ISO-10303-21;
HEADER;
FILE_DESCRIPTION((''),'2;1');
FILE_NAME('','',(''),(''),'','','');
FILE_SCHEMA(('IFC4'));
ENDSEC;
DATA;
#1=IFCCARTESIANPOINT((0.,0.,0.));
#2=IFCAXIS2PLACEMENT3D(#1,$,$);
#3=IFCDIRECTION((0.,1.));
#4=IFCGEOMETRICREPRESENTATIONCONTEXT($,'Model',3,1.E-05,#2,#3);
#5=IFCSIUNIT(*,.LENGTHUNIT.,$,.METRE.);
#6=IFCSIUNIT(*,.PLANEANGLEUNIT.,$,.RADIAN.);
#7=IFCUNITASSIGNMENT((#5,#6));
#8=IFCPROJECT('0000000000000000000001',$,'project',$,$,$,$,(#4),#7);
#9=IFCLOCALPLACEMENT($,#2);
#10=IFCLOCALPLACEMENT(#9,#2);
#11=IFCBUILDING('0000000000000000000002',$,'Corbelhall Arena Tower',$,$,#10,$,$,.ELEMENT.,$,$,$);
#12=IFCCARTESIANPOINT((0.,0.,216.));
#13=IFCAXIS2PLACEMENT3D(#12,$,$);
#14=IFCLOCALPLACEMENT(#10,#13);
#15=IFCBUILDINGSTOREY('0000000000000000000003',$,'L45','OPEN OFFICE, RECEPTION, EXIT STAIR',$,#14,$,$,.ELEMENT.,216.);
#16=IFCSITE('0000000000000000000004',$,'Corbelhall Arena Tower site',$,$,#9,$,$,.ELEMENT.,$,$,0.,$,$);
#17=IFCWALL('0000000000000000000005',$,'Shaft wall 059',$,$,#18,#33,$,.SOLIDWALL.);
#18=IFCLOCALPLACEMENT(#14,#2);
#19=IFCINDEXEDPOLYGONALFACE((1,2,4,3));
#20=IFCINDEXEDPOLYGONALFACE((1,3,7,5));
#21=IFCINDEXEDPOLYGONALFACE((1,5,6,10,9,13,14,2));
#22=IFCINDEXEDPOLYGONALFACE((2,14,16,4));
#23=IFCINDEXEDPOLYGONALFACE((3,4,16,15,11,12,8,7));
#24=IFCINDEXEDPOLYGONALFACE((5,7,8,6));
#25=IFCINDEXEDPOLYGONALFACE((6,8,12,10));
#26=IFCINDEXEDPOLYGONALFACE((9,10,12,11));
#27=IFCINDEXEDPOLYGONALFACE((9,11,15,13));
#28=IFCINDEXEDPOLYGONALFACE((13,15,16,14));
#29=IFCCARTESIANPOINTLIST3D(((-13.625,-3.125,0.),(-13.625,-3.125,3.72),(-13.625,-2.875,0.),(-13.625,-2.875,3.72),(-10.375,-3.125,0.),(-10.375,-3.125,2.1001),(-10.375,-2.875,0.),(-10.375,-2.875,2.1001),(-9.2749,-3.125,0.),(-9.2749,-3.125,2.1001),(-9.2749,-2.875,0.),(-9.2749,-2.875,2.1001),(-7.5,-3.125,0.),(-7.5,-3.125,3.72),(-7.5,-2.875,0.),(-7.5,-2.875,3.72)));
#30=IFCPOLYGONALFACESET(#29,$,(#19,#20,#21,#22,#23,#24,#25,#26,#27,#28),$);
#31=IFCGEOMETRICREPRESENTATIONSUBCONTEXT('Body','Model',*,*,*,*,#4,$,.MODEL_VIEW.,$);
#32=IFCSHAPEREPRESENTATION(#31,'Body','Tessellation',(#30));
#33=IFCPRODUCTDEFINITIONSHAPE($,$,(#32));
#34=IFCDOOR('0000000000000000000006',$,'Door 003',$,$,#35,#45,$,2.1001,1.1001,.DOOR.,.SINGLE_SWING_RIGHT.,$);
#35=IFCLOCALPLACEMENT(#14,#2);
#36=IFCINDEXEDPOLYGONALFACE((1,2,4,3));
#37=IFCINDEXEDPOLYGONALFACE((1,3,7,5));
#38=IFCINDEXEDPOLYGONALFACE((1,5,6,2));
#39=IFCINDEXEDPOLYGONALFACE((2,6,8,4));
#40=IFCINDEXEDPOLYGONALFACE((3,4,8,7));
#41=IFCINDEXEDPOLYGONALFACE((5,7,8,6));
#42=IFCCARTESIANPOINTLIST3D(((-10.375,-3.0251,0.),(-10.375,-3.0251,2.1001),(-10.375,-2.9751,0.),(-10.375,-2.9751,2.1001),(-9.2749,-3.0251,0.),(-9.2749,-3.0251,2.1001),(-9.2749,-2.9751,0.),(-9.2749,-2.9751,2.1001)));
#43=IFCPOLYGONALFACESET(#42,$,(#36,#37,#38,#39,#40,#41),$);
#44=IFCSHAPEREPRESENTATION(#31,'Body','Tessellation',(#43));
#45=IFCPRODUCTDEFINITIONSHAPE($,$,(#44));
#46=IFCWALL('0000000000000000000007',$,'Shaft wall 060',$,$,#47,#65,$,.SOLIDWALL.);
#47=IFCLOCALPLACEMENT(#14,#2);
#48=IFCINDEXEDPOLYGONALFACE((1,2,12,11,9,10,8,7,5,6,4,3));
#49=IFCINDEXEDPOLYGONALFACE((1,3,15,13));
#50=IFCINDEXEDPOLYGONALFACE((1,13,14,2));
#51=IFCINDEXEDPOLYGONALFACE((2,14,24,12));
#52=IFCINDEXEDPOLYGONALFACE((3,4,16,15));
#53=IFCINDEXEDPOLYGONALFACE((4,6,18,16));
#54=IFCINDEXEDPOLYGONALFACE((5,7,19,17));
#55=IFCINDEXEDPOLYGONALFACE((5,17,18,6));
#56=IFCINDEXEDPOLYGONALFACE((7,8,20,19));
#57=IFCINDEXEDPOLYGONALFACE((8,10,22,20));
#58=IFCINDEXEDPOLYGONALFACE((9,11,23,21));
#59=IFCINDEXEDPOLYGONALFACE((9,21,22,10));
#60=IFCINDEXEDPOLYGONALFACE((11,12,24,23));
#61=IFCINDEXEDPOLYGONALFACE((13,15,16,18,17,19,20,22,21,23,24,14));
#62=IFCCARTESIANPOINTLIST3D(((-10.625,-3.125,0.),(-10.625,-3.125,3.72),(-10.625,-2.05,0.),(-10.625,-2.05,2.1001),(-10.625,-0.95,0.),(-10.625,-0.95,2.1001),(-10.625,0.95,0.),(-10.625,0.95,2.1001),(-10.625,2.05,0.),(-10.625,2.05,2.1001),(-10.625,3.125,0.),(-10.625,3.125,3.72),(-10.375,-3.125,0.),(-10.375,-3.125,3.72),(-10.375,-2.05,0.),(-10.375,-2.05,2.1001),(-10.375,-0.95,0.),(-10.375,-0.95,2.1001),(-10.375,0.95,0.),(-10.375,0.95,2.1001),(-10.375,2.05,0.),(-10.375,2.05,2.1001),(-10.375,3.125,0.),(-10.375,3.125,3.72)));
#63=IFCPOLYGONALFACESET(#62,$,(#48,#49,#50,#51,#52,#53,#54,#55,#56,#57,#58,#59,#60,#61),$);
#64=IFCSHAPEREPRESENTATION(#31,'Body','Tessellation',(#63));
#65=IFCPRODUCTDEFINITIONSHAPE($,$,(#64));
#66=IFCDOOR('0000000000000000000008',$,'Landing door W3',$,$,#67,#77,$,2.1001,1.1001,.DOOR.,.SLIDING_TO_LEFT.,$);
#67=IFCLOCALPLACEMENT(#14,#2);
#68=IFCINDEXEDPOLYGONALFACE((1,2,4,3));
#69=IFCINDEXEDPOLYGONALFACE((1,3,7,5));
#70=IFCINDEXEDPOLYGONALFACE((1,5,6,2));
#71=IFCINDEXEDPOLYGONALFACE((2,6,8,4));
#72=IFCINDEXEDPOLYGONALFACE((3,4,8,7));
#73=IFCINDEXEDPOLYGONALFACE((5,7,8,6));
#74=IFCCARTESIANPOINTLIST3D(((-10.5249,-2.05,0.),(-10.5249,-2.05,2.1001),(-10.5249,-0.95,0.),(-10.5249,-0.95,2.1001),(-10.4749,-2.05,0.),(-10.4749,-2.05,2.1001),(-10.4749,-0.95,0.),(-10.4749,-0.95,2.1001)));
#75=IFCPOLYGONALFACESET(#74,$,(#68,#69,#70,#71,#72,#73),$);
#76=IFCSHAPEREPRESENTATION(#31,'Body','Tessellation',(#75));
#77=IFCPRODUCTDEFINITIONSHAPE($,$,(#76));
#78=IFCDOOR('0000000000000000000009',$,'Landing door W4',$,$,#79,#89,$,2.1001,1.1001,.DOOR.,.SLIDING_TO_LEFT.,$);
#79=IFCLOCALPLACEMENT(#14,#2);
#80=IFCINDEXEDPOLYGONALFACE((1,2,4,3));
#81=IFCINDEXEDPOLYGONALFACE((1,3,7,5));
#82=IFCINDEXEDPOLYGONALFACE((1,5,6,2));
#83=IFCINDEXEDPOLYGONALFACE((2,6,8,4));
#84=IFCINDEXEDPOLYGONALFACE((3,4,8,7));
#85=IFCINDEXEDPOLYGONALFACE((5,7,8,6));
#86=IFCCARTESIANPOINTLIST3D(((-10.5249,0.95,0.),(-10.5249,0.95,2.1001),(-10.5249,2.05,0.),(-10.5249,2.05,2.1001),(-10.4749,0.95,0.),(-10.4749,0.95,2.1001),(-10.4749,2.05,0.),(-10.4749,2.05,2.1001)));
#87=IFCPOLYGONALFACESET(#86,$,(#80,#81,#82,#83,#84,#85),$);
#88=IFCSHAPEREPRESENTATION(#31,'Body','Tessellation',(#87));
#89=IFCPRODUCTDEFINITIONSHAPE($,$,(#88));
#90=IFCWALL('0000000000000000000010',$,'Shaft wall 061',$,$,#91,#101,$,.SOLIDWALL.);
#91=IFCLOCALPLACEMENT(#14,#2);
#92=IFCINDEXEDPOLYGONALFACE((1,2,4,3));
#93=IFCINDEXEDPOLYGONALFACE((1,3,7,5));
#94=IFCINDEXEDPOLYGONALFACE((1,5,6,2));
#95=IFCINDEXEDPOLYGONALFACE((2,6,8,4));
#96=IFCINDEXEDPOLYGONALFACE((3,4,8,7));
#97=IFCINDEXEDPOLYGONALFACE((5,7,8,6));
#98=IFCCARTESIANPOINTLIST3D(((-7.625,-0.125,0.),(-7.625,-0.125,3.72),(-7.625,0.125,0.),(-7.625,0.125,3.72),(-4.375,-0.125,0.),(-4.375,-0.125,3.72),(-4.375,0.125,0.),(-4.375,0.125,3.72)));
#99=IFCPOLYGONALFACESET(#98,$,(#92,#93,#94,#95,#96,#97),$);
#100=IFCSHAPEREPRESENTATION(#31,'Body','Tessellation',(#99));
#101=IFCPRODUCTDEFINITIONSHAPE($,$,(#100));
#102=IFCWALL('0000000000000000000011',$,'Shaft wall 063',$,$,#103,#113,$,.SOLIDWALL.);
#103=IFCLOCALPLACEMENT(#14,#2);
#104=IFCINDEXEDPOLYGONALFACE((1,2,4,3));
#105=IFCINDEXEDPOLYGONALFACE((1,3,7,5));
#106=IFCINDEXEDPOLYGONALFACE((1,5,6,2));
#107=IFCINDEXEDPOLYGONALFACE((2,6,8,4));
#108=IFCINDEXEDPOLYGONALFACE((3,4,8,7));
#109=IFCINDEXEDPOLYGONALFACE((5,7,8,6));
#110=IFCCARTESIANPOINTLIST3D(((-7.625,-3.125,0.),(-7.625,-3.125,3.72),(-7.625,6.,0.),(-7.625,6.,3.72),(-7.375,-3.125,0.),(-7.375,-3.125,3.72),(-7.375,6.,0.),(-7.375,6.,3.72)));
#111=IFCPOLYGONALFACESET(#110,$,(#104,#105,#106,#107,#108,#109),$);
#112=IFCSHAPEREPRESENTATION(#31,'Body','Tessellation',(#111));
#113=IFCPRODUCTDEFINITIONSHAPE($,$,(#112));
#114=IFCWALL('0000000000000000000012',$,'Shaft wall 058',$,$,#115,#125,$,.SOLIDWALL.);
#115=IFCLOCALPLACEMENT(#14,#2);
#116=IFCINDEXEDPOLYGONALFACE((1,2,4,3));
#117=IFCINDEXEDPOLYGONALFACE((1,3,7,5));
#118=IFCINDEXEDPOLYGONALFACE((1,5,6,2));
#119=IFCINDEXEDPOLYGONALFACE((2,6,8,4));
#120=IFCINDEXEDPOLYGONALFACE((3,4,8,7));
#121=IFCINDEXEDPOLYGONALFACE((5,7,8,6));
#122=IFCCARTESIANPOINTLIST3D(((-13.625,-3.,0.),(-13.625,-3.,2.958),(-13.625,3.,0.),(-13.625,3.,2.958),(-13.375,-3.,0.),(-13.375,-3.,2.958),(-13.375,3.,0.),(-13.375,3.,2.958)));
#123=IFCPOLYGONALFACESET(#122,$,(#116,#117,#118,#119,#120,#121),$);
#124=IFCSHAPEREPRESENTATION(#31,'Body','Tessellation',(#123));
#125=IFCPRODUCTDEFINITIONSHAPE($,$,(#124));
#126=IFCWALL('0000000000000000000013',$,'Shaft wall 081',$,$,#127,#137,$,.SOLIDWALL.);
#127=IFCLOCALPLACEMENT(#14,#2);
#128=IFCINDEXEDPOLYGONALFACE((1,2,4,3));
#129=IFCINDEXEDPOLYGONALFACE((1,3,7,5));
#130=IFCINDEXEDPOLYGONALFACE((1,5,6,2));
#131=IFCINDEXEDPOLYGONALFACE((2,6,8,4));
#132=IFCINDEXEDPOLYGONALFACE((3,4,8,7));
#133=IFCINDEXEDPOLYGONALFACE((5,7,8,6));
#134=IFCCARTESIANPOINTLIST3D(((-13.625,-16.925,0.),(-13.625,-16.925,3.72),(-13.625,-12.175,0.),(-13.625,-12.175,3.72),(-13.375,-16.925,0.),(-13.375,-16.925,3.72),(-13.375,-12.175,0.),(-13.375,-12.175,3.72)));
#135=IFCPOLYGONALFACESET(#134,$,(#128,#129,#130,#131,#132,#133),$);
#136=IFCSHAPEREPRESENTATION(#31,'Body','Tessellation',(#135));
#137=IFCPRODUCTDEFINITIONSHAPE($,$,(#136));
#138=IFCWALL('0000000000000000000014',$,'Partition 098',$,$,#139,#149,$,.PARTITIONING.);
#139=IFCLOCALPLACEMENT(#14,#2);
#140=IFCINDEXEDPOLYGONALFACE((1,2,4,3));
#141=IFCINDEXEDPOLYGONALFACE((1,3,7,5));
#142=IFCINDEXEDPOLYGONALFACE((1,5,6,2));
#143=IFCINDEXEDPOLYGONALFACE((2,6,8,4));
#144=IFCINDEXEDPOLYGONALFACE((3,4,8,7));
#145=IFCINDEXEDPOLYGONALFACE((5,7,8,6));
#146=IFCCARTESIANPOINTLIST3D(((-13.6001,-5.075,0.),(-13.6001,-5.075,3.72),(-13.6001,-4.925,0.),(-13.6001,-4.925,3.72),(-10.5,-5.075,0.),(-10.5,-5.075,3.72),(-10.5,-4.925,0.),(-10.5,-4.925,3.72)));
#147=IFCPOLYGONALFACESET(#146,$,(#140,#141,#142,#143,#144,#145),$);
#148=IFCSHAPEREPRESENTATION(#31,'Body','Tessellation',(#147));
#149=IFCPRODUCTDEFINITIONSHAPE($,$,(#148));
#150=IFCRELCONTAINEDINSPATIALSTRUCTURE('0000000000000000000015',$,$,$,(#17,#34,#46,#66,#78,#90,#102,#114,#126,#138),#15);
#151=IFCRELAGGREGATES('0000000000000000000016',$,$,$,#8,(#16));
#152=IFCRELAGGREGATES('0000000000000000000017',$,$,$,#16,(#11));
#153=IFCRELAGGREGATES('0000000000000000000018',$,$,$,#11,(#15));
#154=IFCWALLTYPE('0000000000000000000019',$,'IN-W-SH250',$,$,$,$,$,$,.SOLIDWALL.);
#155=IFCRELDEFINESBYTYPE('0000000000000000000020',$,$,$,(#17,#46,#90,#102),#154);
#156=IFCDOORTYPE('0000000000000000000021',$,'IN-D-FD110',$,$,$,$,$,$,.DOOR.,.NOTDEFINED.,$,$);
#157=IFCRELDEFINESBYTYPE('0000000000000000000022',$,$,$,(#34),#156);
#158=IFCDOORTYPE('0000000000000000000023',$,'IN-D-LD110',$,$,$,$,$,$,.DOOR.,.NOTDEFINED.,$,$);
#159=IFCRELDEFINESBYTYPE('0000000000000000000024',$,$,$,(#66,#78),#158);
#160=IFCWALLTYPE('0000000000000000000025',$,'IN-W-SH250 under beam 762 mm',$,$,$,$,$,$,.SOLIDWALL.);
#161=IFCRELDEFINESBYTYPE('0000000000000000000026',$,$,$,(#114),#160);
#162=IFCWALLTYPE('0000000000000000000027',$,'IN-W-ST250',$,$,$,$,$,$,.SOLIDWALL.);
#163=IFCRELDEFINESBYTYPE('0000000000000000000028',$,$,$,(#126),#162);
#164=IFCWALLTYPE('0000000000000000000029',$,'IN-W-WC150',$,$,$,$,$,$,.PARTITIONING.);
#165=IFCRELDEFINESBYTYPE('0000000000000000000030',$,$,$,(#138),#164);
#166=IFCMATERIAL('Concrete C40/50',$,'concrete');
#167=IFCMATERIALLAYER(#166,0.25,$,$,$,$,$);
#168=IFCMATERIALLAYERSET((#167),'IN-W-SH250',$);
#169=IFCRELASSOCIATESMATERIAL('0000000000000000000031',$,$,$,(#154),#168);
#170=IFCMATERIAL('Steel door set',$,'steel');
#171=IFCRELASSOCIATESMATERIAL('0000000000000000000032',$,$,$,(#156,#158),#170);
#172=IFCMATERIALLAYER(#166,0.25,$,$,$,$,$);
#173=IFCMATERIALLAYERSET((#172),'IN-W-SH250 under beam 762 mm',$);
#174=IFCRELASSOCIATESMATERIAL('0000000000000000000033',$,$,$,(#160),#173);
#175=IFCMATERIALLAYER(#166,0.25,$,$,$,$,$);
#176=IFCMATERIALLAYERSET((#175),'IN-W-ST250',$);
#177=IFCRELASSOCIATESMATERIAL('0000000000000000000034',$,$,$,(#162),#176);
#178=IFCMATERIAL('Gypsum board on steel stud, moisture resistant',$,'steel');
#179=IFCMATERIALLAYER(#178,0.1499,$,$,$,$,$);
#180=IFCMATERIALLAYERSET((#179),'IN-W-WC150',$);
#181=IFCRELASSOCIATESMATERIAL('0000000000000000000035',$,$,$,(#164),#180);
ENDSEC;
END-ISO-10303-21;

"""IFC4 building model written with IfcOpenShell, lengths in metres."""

from ifc_helpers import new_model, si_unit, direction, frame, frame_2d, origin, place, context, subcontext, project, spatial, rectangle, extrude, material, layer, layer_set, type_object, element, fill, save


model = new_model("IFC4")

# Units and contexts
model_context = context("Model", 3, precision=1e-05, world=origin(), true_north=direction((0.0, 1.0)))
body_context = subcontext(model_context, "Body", "Model", "MODEL_VIEW")
ifc_project = project(units=[si_unit("LENGTHUNIT", "METRE"), si_unit("PLANEANGLEUNIT", "RADIAN")], contexts=[model_context])

# Site, building, storey
site_placement = place(None, origin())
site = spatial("IfcSite", under=ifc_project, at=site_placement, Name="Corbelhall Arena Tower site", CompositionType="ELEMENT", RefElevation=0.0)
building_placement = place(site_placement, origin())
building = spatial("IfcBuilding", under=site, at=building_placement, Name="Corbelhall Arena Tower", CompositionType="ELEMENT")
storey_placement = place(building_placement, frame((0.0, 0.0, 216.0)))
storey = spatial("IfcBuildingStorey", under=building, at=storey_placement, Name="L45", Description="OPEN OFFICE, RECEPTION, EXIT STAIR", CompositionType="ELEMENT", Elevation=216.0)

# Shared definitions
ifc_material_1 = material(Name="Concrete C40/50", Category="concrete")
ifc_layer_1 = layer(ifc_material_1, 0.25)
ifc_layer_set_1 = layer_set([ifc_layer_1], Name="IN-W-SH250")
wall_type_1 = type_object("IfcWallType", Name="IN-W-SH250", PredefinedType="SOLIDWALL", material=ifc_layer_set_1)

# Wall, opening, door
wall_1_placement = place(storey_placement, frame((-13.625, -3.0, 0.0), z_axis=(0.0, 0.0, 1.0), x_axis=(1.0, 0.0, 0.0)))
wall_1 = element("IfcWall", 1, at=wall_1_placement, inside=storey, type_object=wall_type_1, Name="Shaft wall 059", PredefinedType="SOLIDWALL", context=body_context, shape_type="SweptSolid", body=[
    extrude(rectangle(XDim=6.125, YDim=0.25, at=frame_2d((3.0625, 0.0))), origin(), (0.0, 0.0, 1.0), 3.72),
])
opening_1_placement = place(wall_1_placement, frame((3.25, 0.0, 0.0)))
opening_1 = element("IfcOpeningElement", 2, at=opening_1_placement, cuts=wall_1, PredefinedType="OPENING", context=body_context, shape_type="SweptSolid", body=[
    extrude(rectangle(XDim=1.1001, YDim=2.1001, at=frame_2d((0.55, 1.05))), frame((0.0, 0.125, 0.0), z_axis=(0.0, -1.0, 0.0), x_axis=(1.0, 0.0, 0.0)), (0.0, 0.0, 1.0), 0.25),
])
ifc_material_2 = material(Name="Steel door set", Category="steel")
door_type_1 = type_object("IfcDoorType", Name="IN-D-FD110", OperationType="NOTDEFINED", PredefinedType="DOOR", material=ifc_material_2)
door_1_placement = place(opening_1_placement, origin())
door_1 = element("IfcDoor", 3, at=door_1_placement, inside=storey, type_object=door_type_1, Name="Door 003", OperationType="SINGLE_SWING_RIGHT", OverallHeight=2.1001, OverallWidth=1.1001, PredefinedType="DOOR", context=body_context, shape_type="SweptSolid", body=[
    extrude(rectangle(XDim=1.1001, YDim=2.1001, at=frame_2d((0.55, 1.05))), frame((0.0, 0.0249, 0.0), z_axis=(0.0, -1.0, 0.0), x_axis=(1.0, 0.0, 0.0)), (0.0, 0.0, 1.0), 0.05),
])
fill(opening_1, door_1)

# Wall, openings, doors
wall_2_placement = place(storey_placement, frame((-10.5, -3.125, 0.0), z_axis=(0.0, 0.0, 1.0), x_axis=(0.0, 1.0, 0.0)))
wall_2 = element("IfcWall", 4, at=wall_2_placement, inside=storey, type_object=wall_type_1, Name="Shaft wall 060", PredefinedType="SOLIDWALL", context=body_context, shape_type="SweptSolid", body=[
    extrude(rectangle(XDim=6.25, YDim=0.25, at=frame_2d((3.125, 0.0))), origin(), (0.0, 0.0, 1.0), 3.72),
])
opening_2_placement = place(wall_2_placement, frame((1.075, 0.0, 0.0)))
opening_2 = element("IfcOpeningElement", 5, at=opening_2_placement, cuts=wall_2, PredefinedType="OPENING", context=body_context, shape_type="SweptSolid", body=[
    extrude(rectangle(XDim=1.1001, YDim=2.1001, at=frame_2d((0.55, 1.05))), frame((0.0, 0.125, 0.0), z_axis=(0.0, -1.0, 0.0), x_axis=(1.0, 0.0, 0.0)), (0.0, 0.0, 1.0), 0.25),
])
opening_3_placement = place(wall_2_placement, frame((4.075, 0.0, 0.0)))
opening_3 = element("IfcOpeningElement", 6, at=opening_3_placement, cuts=wall_2, PredefinedType="OPENING", context=body_context, shape_type="SweptSolid", body=[
    extrude(rectangle(XDim=1.1001, YDim=2.1001, at=frame_2d((0.55, 1.05))), frame((0.0, 0.125, 0.0), z_axis=(0.0, -1.0, 0.0), x_axis=(1.0, 0.0, 0.0)), (0.0, 0.0, 1.0), 0.25),
])
door_type_2 = type_object("IfcDoorType", Name="IN-D-LD110", OperationType="NOTDEFINED", PredefinedType="DOOR", material=ifc_material_2)
door_2_placement = place(opening_2_placement, origin())
door_2 = element("IfcDoor", 7, at=door_2_placement, inside=storey, type_object=door_type_2, Name="Landing door W3", OperationType="SLIDING_TO_LEFT", OverallHeight=2.1001, OverallWidth=1.1001, PredefinedType="DOOR", context=body_context, shape_type="SweptSolid", body=[
    extrude(rectangle(XDim=1.1001, YDim=2.1001, at=frame_2d((0.55, 1.05))), frame((0.0, 0.0249, 0.0), z_axis=(0.0, -1.0, 0.0), x_axis=(1.0, 0.0, 0.0)), (0.0, 0.0, 1.0), 0.05),
])
fill(opening_2, door_2)
door_3_placement = place(opening_3_placement, origin())
door_3 = element("IfcDoor", 8, at=door_3_placement, inside=storey, type_object=door_type_2, Name="Landing door W4", OperationType="SLIDING_TO_LEFT", OverallHeight=2.1001, OverallWidth=1.1001, PredefinedType="DOOR", context=body_context, shape_type="SweptSolid", body=[
    extrude(rectangle(XDim=1.1001, YDim=2.1001, at=frame_2d((0.55, 1.05))), frame((0.0, 0.0249, 0.0), z_axis=(0.0, -1.0, 0.0), x_axis=(1.0, 0.0, 0.0)), (0.0, 0.0, 1.0), 0.05),
])
fill(opening_3, door_3)

# Walls
wall_3_placement = place(storey_placement, frame((-7.625, 0.0, 0.0), z_axis=(0.0, 0.0, 1.0), x_axis=(1.0, 0.0, 0.0)))
element("IfcWall", 9, at=wall_3_placement, inside=storey, type_object=wall_type_1, Name="Shaft wall 061", PredefinedType="SOLIDWALL", context=body_context, shape_type="SweptSolid", body=[
    extrude(rectangle(XDim=3.25, YDim=0.25, at=frame_2d((1.625, 0.0))), origin(), (0.0, 0.0, 1.0), 3.72),
])
wall_4_placement = place(storey_placement, frame((-7.5, -3.125, 0.0), z_axis=(0.0, 0.0, 1.0), x_axis=(0.0, 1.0, 0.0)))
element("IfcWall", 10, at=wall_4_placement, inside=storey, type_object=wall_type_1, Name="Shaft wall 063", PredefinedType="SOLIDWALL", context=body_context, shape_type="SweptSolid", body=[
    extrude(rectangle(XDim=9.125, YDim=0.25, at=frame_2d((4.5625, 0.0))), origin(), (0.0, 0.0, 1.0), 3.72),
])
ifc_layer_2 = layer(ifc_material_1, 0.25)
ifc_layer_set_2 = layer_set([ifc_layer_2], Name="IN-W-SH250 under beam 762 mm")
wall_type_2 = type_object("IfcWallType", Name="IN-W-SH250 under beam 762 mm", PredefinedType="SOLIDWALL", material=ifc_layer_set_2)
wall_5_placement = place(storey_placement, frame((-13.5, -3.0, 0.0), z_axis=(0.0, 0.0, 1.0), x_axis=(0.0, 1.0, 0.0)))
element("IfcWall", 11, at=wall_5_placement, inside=storey, type_object=wall_type_2, Name="Shaft wall 058", PredefinedType="SOLIDWALL", context=body_context, shape_type="SweptSolid", body=[
    extrude(rectangle(XDim=6.0, YDim=0.25, at=frame_2d((3.0, 0.0))), origin(), (0.0, 0.0, 1.0), 2.958),
])
ifc_layer_3 = layer(ifc_material_1, 0.25)
ifc_layer_set_3 = layer_set([ifc_layer_3], Name="IN-W-ST250")
wall_type_3 = type_object("IfcWallType", Name="IN-W-ST250", PredefinedType="SOLIDWALL", material=ifc_layer_set_3)
wall_6_placement = place(storey_placement, frame((-13.5, -12.175, 0.0), z_axis=(0.0, 0.0, 1.0), x_axis=(0.0, -1.0, 0.0)))
element("IfcWall", 12, at=wall_6_placement, inside=storey, type_object=wall_type_3, Name="Shaft wall 081", PredefinedType="SOLIDWALL", context=body_context, shape_type="SweptSolid", body=[
    extrude(rectangle(XDim=4.75, YDim=0.25, at=frame_2d((2.375, 0.0))), origin(), (0.0, 0.0, 1.0), 3.72),
])
ifc_material_3 = material(Name="Gypsum board on steel stud, moisture resistant", Category="steel")
ifc_layer_4 = layer(ifc_material_3, 0.1499)
ifc_layer_set_4 = layer_set([ifc_layer_4], Name="IN-W-WC150")
wall_type_4 = type_object("IfcWallType", Name="IN-W-WC150", PredefinedType="PARTITIONING", material=ifc_layer_set_4)
wall_7_placement = place(storey_placement, frame((-13.6001, -5.0, 0.0), z_axis=(0.0, 0.0, 1.0), x_axis=(1.0, 0.0, 0.0)))
element("IfcWall", 13, at=wall_7_placement, inside=storey, type_object=wall_type_4, Name="Partition 098", PredefinedType="PARTITIONING", context=body_context, shape_type="SweptSolid", body=[
    extrude(rectangle(XDim=3.1001, YDim=0.1499, at=frame_2d((1.55, 0.0))), origin(), (0.0, 0.0, 1.0), 3.72),
])

save(model, "model.ifc")
